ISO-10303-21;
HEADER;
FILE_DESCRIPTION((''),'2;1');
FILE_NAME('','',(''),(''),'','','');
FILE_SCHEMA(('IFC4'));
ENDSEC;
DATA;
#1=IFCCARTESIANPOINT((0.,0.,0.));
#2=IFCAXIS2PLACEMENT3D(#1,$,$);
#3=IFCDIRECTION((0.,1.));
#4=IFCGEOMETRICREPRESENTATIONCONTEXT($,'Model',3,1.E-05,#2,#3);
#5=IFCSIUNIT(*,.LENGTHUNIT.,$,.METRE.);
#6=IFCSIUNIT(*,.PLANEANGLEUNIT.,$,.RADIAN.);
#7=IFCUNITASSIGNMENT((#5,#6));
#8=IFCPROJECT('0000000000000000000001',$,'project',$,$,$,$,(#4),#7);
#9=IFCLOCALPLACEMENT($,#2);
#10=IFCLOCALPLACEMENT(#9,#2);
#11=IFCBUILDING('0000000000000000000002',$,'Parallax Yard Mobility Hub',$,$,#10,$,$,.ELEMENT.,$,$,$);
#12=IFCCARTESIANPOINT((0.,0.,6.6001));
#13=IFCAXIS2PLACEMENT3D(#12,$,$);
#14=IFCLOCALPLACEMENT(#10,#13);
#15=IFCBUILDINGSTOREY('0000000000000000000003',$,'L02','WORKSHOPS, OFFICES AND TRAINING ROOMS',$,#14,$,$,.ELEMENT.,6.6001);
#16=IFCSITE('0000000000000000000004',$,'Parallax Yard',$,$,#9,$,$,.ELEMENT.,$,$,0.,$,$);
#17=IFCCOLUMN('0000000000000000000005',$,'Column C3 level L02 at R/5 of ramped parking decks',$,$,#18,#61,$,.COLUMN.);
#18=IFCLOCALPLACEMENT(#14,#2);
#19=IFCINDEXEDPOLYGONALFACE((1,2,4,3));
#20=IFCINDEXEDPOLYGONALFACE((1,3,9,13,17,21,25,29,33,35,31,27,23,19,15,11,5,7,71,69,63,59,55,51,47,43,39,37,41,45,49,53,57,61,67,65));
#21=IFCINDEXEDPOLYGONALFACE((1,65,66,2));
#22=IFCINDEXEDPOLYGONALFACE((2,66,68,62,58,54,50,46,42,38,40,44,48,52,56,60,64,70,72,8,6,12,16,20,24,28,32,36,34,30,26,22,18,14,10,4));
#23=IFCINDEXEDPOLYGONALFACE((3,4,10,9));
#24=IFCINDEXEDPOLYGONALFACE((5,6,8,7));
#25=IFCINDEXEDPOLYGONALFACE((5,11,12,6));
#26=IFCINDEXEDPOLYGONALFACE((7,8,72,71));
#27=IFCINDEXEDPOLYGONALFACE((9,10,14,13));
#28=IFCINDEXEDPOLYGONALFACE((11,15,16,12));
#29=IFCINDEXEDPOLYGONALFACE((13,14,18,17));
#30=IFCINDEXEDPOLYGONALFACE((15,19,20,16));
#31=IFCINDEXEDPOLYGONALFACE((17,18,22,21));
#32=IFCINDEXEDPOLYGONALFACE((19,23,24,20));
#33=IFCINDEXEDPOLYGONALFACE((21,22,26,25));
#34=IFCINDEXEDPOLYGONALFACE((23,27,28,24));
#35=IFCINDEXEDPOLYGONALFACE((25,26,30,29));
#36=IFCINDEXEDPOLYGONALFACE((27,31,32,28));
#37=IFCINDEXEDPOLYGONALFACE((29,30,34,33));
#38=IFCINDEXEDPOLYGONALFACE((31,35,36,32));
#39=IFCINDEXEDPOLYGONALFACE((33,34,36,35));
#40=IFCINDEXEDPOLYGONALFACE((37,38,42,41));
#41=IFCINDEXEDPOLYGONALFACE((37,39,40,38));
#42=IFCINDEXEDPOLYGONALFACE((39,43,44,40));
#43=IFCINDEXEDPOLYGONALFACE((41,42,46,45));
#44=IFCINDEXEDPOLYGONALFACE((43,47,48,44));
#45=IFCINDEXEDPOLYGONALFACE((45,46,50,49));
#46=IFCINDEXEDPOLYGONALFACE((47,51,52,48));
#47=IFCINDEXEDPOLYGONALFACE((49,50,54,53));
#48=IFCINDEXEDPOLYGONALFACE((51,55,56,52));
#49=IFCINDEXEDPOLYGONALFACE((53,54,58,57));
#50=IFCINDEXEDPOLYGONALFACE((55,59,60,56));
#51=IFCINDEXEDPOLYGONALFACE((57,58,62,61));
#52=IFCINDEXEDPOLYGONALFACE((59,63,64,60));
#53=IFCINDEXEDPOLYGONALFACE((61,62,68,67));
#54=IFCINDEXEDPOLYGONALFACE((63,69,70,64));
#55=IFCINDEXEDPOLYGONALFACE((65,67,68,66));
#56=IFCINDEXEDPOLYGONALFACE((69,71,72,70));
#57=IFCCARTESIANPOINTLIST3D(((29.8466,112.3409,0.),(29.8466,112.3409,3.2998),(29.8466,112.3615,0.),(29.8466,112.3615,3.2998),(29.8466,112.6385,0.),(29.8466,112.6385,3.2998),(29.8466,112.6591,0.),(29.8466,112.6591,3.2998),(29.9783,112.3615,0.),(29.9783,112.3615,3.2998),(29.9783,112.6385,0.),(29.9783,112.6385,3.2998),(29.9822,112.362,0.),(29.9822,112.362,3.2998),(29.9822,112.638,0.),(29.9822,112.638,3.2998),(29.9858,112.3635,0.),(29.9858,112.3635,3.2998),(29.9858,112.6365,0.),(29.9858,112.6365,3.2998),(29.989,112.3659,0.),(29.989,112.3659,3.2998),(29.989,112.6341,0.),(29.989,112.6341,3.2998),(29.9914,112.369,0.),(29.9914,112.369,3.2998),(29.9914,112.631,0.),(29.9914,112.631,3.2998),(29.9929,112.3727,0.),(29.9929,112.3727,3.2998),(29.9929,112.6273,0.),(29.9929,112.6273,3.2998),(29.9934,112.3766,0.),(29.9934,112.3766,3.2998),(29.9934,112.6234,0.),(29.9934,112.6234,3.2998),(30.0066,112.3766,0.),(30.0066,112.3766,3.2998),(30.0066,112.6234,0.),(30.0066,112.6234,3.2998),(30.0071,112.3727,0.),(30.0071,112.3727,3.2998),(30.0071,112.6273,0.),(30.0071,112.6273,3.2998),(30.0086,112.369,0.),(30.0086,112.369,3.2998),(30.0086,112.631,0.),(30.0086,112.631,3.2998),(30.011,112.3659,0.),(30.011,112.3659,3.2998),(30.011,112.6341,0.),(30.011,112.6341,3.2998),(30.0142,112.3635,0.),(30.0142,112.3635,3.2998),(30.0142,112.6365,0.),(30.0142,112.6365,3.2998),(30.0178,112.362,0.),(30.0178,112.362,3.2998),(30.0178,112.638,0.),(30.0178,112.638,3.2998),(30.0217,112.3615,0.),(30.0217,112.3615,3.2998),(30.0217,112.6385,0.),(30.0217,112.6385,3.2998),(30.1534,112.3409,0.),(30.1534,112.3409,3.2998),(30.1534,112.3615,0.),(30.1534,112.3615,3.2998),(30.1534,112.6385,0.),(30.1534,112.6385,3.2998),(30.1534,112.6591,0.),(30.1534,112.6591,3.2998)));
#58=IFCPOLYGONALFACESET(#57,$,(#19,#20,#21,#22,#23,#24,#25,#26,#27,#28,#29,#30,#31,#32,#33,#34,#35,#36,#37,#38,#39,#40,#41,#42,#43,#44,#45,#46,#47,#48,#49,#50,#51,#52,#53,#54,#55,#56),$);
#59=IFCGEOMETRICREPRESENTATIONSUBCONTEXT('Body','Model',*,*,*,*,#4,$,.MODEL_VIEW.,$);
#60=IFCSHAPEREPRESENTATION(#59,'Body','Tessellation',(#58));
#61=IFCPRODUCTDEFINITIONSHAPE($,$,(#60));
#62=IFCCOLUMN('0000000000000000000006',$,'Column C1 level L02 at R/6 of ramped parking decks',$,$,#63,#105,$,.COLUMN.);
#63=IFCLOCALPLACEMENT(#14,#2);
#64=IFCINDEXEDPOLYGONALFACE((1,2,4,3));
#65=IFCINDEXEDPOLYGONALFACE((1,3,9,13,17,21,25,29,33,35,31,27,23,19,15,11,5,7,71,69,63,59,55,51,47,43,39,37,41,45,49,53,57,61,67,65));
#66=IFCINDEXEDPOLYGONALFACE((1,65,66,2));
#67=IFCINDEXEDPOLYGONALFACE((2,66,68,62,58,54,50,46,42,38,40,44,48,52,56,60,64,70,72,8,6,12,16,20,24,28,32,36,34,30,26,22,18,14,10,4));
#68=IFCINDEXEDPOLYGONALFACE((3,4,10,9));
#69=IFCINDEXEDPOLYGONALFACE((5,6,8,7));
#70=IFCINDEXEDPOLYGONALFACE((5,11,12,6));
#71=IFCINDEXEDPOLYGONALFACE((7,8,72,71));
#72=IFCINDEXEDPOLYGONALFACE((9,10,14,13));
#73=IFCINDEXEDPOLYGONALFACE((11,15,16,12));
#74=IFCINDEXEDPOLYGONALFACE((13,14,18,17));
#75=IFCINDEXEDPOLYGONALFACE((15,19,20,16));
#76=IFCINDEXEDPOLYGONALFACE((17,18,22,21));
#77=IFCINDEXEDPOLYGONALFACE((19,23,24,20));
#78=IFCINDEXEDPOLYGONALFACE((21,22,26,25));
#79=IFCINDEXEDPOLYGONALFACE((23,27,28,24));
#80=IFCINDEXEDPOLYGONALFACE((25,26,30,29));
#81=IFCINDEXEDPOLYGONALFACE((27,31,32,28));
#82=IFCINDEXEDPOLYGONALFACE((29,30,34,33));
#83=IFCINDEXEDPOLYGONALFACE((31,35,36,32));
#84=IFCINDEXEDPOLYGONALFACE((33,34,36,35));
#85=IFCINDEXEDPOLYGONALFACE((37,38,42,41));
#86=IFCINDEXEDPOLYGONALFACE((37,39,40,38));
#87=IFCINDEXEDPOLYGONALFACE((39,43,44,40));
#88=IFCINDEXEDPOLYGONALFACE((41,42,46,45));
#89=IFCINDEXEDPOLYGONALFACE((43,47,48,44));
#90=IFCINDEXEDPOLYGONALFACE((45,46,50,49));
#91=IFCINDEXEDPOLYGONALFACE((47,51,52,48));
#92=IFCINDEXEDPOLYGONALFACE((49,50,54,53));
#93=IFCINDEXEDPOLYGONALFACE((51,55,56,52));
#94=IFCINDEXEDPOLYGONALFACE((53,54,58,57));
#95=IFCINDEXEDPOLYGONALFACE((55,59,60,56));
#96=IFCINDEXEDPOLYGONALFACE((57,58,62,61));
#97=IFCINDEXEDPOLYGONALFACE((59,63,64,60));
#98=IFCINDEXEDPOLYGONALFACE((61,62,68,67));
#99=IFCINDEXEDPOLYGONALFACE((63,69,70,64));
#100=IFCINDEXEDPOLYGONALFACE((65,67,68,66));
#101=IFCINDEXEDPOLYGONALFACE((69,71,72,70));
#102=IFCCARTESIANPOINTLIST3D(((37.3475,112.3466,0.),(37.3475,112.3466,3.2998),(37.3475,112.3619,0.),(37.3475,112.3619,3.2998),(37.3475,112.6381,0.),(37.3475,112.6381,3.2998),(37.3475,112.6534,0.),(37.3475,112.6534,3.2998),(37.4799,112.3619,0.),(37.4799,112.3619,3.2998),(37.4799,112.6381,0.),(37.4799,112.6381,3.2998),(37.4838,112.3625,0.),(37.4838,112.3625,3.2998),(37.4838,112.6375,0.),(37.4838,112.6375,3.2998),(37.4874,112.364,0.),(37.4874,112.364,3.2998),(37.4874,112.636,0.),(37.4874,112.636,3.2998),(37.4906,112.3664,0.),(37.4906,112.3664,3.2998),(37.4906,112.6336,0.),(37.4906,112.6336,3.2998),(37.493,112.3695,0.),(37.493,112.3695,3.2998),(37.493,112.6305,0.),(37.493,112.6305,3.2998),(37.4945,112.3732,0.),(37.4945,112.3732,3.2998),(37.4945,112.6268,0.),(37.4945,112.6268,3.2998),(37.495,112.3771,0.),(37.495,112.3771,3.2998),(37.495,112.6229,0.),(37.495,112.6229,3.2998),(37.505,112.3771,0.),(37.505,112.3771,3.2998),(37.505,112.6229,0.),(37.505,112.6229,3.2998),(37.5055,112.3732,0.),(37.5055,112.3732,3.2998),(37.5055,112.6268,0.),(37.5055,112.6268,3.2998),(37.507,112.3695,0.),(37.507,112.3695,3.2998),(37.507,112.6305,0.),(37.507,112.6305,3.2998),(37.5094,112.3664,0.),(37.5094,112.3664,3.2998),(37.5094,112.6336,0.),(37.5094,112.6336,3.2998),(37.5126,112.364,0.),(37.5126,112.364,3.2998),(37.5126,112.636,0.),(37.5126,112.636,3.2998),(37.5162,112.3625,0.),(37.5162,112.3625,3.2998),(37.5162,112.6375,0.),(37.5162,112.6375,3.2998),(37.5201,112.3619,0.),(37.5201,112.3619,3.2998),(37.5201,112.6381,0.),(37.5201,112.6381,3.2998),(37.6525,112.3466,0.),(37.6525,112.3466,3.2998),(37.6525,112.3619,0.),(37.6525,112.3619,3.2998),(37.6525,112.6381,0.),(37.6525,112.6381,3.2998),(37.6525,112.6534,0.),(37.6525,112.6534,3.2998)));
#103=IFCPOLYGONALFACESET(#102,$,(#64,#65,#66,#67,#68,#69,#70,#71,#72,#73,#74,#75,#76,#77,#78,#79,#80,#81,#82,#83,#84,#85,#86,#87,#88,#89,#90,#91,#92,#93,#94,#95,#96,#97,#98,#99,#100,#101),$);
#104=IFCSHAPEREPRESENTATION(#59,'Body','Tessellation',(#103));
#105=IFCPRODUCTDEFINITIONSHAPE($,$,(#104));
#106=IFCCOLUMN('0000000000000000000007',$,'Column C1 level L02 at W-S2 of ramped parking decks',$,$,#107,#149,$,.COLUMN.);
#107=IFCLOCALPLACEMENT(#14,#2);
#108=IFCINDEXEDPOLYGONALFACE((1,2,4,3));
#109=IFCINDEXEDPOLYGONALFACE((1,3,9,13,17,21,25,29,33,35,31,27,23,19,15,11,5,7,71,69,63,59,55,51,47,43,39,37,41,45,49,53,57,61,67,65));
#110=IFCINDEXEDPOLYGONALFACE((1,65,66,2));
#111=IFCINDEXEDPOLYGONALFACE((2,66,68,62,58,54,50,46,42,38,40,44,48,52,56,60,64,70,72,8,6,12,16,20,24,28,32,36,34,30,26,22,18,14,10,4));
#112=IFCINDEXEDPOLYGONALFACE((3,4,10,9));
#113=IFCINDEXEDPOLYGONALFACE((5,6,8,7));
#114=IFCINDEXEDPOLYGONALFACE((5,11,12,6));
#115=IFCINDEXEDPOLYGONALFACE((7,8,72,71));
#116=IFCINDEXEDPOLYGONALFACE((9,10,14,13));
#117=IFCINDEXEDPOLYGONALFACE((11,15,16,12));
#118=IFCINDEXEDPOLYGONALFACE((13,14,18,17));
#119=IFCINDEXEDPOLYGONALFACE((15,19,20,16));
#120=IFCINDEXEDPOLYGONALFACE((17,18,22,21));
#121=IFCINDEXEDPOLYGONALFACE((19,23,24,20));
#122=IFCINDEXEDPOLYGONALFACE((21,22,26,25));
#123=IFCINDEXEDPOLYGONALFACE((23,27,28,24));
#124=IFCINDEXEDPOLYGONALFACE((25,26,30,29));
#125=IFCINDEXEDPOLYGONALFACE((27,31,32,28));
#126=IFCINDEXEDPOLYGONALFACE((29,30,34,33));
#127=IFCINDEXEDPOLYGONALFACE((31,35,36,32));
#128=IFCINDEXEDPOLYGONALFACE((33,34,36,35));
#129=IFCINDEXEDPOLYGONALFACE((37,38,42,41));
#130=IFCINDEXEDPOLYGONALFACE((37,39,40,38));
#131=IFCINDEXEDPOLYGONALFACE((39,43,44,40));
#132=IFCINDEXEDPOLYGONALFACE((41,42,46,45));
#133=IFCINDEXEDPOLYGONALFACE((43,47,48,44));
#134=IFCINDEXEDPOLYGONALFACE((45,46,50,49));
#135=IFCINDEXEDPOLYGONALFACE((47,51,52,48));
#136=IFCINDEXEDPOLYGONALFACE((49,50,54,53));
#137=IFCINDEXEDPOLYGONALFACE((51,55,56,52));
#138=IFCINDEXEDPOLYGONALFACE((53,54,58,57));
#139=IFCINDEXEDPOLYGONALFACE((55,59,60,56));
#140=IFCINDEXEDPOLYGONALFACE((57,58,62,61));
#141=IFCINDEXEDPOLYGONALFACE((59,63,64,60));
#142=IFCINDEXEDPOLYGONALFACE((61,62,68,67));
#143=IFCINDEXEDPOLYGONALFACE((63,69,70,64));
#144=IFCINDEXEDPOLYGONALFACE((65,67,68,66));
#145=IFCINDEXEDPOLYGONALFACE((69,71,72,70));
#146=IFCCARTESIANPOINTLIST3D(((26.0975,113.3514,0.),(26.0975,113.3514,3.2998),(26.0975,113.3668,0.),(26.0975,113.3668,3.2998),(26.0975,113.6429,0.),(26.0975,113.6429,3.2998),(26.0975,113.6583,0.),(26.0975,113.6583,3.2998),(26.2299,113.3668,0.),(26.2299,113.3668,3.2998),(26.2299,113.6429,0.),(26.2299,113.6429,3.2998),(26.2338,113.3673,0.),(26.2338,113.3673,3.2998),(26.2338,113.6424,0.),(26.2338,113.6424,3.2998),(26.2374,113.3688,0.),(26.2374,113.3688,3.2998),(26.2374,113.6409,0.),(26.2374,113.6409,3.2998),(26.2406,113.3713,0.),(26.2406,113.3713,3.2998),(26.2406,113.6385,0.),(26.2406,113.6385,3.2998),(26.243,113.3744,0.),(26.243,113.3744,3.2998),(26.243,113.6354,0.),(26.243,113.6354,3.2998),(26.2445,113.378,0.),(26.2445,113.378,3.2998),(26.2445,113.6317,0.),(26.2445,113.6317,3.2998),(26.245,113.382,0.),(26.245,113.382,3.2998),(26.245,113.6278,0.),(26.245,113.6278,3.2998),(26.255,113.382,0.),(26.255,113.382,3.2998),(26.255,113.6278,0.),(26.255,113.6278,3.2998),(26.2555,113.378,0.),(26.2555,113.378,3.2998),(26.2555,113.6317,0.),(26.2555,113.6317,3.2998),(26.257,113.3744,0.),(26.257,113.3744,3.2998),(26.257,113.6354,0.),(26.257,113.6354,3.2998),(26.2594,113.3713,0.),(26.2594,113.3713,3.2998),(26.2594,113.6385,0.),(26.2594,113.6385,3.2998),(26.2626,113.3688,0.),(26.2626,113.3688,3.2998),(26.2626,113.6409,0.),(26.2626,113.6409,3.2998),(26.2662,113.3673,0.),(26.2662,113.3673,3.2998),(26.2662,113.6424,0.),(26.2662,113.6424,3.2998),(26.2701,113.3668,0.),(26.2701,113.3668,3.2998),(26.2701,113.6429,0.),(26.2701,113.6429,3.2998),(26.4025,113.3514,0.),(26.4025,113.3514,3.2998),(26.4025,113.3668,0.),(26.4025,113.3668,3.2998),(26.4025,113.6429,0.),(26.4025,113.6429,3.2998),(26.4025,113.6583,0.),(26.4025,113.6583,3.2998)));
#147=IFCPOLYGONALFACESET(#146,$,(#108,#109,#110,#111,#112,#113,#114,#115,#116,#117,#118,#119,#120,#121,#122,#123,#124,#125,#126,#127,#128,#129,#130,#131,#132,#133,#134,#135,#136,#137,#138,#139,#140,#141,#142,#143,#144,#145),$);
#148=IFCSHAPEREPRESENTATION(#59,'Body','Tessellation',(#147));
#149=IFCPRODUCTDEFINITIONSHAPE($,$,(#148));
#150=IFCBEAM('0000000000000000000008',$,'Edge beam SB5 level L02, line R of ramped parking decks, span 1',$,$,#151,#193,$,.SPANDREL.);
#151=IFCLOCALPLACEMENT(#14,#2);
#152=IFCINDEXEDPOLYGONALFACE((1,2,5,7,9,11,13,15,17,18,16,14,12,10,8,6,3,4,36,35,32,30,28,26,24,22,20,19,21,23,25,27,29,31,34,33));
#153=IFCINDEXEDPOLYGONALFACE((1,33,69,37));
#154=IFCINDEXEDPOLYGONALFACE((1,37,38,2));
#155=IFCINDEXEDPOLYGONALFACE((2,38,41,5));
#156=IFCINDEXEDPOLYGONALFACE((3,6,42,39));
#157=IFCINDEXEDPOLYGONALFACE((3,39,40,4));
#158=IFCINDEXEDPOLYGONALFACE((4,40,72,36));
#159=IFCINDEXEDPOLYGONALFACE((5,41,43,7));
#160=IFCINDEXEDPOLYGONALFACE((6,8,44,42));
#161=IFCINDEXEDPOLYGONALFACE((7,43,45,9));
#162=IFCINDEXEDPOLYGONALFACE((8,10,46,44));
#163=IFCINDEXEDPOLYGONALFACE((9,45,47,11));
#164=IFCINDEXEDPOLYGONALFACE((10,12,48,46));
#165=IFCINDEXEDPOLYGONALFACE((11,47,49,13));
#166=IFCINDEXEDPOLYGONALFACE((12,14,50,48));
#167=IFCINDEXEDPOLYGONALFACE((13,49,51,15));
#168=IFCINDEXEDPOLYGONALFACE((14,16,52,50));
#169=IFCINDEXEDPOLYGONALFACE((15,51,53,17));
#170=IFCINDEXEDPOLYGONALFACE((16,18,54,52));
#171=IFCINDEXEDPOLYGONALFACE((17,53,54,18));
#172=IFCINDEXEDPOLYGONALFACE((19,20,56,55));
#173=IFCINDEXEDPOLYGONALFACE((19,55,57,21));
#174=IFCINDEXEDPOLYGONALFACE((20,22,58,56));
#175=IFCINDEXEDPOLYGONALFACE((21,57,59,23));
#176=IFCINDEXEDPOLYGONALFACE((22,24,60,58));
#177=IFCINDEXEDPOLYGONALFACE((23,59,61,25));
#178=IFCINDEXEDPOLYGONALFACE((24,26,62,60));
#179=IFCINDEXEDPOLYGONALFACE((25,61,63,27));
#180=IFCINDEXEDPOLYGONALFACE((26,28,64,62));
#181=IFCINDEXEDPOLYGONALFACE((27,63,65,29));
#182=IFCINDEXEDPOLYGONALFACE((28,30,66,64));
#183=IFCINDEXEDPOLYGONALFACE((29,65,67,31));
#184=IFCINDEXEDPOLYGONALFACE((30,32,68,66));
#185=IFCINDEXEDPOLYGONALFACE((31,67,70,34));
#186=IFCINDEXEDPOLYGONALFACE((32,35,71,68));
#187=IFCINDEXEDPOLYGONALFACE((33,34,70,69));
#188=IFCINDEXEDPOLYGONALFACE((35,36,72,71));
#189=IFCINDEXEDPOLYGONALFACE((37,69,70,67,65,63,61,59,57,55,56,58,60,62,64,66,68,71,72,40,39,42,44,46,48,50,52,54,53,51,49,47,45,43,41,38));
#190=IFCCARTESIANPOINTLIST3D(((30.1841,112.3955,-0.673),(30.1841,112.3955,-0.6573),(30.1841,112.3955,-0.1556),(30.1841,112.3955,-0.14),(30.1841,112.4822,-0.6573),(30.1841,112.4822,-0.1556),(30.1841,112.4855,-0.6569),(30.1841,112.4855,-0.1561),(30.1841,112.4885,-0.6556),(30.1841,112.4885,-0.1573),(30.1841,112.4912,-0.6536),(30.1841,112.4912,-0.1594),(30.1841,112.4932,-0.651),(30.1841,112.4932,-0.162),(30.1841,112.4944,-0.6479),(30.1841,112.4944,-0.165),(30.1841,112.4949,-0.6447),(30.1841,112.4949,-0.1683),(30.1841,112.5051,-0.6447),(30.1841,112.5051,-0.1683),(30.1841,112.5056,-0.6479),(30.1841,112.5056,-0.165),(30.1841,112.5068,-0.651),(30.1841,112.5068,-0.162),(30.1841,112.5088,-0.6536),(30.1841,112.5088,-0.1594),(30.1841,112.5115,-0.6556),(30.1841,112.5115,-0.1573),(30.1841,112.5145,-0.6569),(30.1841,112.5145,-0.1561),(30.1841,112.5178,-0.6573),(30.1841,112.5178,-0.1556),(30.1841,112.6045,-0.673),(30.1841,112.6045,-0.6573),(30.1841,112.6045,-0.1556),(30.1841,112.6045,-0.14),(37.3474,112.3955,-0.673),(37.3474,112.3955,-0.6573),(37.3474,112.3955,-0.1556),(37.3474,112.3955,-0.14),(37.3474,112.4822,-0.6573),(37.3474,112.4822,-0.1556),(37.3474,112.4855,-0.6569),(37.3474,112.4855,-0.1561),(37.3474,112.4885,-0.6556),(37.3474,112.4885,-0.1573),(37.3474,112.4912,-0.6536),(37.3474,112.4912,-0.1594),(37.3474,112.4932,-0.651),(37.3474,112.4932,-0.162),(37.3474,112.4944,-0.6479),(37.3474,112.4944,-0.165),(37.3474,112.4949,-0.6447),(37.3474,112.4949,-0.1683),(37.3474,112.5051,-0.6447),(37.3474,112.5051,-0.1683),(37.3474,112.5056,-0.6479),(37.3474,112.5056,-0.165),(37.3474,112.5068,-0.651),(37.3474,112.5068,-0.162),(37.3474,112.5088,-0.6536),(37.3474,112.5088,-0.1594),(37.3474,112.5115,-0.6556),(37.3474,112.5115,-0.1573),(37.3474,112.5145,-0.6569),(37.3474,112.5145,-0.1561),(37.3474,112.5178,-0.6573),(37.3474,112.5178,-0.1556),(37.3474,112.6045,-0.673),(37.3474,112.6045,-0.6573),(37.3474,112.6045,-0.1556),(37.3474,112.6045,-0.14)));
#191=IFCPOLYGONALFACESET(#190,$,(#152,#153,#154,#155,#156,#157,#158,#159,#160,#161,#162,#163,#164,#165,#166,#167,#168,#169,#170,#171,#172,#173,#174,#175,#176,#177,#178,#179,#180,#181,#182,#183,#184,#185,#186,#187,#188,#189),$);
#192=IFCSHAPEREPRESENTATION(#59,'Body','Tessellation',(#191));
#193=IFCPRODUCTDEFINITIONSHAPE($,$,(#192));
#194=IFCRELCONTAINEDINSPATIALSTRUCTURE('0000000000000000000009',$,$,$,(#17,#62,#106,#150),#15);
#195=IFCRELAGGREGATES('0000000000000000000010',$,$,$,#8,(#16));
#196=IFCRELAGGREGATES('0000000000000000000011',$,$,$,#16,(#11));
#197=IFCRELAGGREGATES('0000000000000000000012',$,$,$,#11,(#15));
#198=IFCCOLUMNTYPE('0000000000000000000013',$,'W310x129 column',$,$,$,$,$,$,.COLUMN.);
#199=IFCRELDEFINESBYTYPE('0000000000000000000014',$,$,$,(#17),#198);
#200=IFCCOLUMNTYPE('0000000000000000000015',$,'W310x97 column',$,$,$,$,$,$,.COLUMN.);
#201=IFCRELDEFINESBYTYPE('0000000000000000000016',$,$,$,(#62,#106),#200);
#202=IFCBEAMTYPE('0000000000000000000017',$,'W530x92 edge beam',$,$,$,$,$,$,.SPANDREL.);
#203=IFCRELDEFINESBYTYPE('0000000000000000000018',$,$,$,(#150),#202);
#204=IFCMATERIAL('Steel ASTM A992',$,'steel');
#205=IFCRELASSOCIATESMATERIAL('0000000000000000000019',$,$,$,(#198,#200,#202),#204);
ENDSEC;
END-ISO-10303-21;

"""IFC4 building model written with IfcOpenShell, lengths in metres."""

from ifc_helpers import new_model, si_unit, direction, frame, origin, origin_2d, place, context, subcontext, project, spatial, i_section, extrude, material, material_profile, profile_set, type_object, element, save


model = new_model("IFC4")

# Units and contexts
model_context = context("Model", 3, precision=1e-05, world=origin(), true_north=direction((0.0, 1.0)))
body_context = subcontext(model_context, "Body", "Model", "MODEL_VIEW")
ifc_project = project(units=[si_unit("LENGTHUNIT", "METRE"), si_unit("PLANEANGLEUNIT", "RADIAN")], contexts=[model_context])

# Site, building, storey
site_placement = place(None, origin())
site = spatial("IfcSite", under=ifc_project, at=site_placement, Name="Parallax Yard", CompositionType="ELEMENT", RefElevation=0.0)
building_placement = place(site_placement, origin())
building = spatial("IfcBuilding", under=site, at=building_placement, Name="Parallax Yard Mobility Hub", CompositionType="ELEMENT")
storey_placement = place(building_placement, frame((0.0, 0.0, 6.6001)))
storey = spatial("IfcBuildingStorey", under=building, at=storey_placement, Name="L02", Description="WORKSHOPS, OFFICES AND TRAINING ROOMS", CompositionType="ELEMENT", Elevation=6.6001)

# Columns
ifc_material_1 = material(Name="Steel ASTM A992", Category="steel")
ifc_material_profile_1 = material_profile(ifc_material_1, i_section(OverallWidth=0.3069, OverallDepth=0.3181, WebThickness=0.0132, FlangeThickness=0.0205, FilletRadius=0.0151, at=origin_2d()), Name="W310x129")
ifc_profile_set_1 = profile_set([ifc_material_profile_1], Name="Steel ASTM A992")
column_type_1 = type_object("IfcColumnType", Name="W310x129 column", PredefinedType="COLUMN", material=ifc_profile_set_1)
column_placement = place(storey_placement, frame((30.0, 112.5, 0.0), z_axis=(0.0, 0.0, 1.0), x_axis=(1.0, 0.0, 0.0)))
element("IfcColumn", 1, at=column_placement, inside=storey, type_object=column_type_1, Name="Column C3 level L02 at R/5 of ramped parking decks", PredefinedType="COLUMN", context=body_context, shape_type="SweptSolid", body=[
    extrude(i_section(OverallWidth=0.3069, OverallDepth=0.3181, WebThickness=0.0132, FlangeThickness=0.0205, FilletRadius=0.0151, at=origin_2d()), origin(), (0.0, 0.0, 1.0), 3.2998),
])
ifc_material_profile_2 = material_profile(ifc_material_1, i_section(OverallWidth=0.3049, OverallDepth=0.3069, WebThickness=0.01, FlangeThickness=0.0154, FilletRadius=0.0151, at=origin_2d()), Name="W310x97")
ifc_profile_set_2 = profile_set([ifc_material_profile_2], Name="Steel ASTM A992")
column_type_2 = type_object("IfcColumnType", Name="W310x97 column", PredefinedType="COLUMN", material=ifc_profile_set_2)
for number, where, z_axis, x_axis, name in (
    (2, (37.5, 112.5, 0.0), (0.0, 0.0, 1.0), (1.0, 0.0, 0.0), "Column C1 level L02 at R/6 of ramped parking decks"),
    (3, (26.25, 113.5049, 0.0), (0.0, 0.0, 1.0), (1.0, 0.0, 0.0), "Column C1 level L02 at W-S2 of ramped parking decks"),
):
    element("IfcColumn", number, at=place(storey_placement, frame(where, z_axis=z_axis, x_axis=x_axis)), inside=storey, type_object=column_type_2, Name=name, PredefinedType="COLUMN", context=body_context, shape_type="SweptSolid", body=[
        extrude(i_section(OverallWidth=0.3049, OverallDepth=0.3069, WebThickness=0.01, FlangeThickness=0.0154, FilletRadius=0.0151, at=origin_2d()), origin(), (0.0, 0.0, 1.0), 3.2998),
    ])

# Beam
ifc_material_profile_3 = material_profile(ifc_material_1, i_section(OverallWidth=0.209, OverallDepth=0.533, WebThickness=0.0103, FlangeThickness=0.0156, FilletRadius=0.0127, at=origin_2d()), Name="W530x92")
ifc_profile_set_3 = profile_set([ifc_material_profile_3], Name="Steel ASTM A992")
beam_type_1 = type_object("IfcBeamType", Name="W530x92 edge beam", PredefinedType="SPANDREL", material=ifc_profile_set_3)
beam_1_placement = place(storey_placement, frame((30.1841, 112.5, -0.4065), z_axis=(1.0, 0.0, 0.0), x_axis=(0.0, 1.0, 0.0)))
element("IfcBeam", 4, at=beam_1_placement, inside=storey, type_object=beam_type_1, Name="Edge beam SB5 level L02, line R of ramped parking decks, span 1", PredefinedType="SPANDREL", context=body_context, shape_type="SweptSolid", body=[
    extrude(i_section(OverallWidth=0.209, OverallDepth=0.533, WebThickness=0.0103, FlangeThickness=0.0156, FilletRadius=0.0127, at=origin_2d()), origin(), (0.0, 0.0, 1.0), 7.1633),
])

save(model, "model.ifc")
